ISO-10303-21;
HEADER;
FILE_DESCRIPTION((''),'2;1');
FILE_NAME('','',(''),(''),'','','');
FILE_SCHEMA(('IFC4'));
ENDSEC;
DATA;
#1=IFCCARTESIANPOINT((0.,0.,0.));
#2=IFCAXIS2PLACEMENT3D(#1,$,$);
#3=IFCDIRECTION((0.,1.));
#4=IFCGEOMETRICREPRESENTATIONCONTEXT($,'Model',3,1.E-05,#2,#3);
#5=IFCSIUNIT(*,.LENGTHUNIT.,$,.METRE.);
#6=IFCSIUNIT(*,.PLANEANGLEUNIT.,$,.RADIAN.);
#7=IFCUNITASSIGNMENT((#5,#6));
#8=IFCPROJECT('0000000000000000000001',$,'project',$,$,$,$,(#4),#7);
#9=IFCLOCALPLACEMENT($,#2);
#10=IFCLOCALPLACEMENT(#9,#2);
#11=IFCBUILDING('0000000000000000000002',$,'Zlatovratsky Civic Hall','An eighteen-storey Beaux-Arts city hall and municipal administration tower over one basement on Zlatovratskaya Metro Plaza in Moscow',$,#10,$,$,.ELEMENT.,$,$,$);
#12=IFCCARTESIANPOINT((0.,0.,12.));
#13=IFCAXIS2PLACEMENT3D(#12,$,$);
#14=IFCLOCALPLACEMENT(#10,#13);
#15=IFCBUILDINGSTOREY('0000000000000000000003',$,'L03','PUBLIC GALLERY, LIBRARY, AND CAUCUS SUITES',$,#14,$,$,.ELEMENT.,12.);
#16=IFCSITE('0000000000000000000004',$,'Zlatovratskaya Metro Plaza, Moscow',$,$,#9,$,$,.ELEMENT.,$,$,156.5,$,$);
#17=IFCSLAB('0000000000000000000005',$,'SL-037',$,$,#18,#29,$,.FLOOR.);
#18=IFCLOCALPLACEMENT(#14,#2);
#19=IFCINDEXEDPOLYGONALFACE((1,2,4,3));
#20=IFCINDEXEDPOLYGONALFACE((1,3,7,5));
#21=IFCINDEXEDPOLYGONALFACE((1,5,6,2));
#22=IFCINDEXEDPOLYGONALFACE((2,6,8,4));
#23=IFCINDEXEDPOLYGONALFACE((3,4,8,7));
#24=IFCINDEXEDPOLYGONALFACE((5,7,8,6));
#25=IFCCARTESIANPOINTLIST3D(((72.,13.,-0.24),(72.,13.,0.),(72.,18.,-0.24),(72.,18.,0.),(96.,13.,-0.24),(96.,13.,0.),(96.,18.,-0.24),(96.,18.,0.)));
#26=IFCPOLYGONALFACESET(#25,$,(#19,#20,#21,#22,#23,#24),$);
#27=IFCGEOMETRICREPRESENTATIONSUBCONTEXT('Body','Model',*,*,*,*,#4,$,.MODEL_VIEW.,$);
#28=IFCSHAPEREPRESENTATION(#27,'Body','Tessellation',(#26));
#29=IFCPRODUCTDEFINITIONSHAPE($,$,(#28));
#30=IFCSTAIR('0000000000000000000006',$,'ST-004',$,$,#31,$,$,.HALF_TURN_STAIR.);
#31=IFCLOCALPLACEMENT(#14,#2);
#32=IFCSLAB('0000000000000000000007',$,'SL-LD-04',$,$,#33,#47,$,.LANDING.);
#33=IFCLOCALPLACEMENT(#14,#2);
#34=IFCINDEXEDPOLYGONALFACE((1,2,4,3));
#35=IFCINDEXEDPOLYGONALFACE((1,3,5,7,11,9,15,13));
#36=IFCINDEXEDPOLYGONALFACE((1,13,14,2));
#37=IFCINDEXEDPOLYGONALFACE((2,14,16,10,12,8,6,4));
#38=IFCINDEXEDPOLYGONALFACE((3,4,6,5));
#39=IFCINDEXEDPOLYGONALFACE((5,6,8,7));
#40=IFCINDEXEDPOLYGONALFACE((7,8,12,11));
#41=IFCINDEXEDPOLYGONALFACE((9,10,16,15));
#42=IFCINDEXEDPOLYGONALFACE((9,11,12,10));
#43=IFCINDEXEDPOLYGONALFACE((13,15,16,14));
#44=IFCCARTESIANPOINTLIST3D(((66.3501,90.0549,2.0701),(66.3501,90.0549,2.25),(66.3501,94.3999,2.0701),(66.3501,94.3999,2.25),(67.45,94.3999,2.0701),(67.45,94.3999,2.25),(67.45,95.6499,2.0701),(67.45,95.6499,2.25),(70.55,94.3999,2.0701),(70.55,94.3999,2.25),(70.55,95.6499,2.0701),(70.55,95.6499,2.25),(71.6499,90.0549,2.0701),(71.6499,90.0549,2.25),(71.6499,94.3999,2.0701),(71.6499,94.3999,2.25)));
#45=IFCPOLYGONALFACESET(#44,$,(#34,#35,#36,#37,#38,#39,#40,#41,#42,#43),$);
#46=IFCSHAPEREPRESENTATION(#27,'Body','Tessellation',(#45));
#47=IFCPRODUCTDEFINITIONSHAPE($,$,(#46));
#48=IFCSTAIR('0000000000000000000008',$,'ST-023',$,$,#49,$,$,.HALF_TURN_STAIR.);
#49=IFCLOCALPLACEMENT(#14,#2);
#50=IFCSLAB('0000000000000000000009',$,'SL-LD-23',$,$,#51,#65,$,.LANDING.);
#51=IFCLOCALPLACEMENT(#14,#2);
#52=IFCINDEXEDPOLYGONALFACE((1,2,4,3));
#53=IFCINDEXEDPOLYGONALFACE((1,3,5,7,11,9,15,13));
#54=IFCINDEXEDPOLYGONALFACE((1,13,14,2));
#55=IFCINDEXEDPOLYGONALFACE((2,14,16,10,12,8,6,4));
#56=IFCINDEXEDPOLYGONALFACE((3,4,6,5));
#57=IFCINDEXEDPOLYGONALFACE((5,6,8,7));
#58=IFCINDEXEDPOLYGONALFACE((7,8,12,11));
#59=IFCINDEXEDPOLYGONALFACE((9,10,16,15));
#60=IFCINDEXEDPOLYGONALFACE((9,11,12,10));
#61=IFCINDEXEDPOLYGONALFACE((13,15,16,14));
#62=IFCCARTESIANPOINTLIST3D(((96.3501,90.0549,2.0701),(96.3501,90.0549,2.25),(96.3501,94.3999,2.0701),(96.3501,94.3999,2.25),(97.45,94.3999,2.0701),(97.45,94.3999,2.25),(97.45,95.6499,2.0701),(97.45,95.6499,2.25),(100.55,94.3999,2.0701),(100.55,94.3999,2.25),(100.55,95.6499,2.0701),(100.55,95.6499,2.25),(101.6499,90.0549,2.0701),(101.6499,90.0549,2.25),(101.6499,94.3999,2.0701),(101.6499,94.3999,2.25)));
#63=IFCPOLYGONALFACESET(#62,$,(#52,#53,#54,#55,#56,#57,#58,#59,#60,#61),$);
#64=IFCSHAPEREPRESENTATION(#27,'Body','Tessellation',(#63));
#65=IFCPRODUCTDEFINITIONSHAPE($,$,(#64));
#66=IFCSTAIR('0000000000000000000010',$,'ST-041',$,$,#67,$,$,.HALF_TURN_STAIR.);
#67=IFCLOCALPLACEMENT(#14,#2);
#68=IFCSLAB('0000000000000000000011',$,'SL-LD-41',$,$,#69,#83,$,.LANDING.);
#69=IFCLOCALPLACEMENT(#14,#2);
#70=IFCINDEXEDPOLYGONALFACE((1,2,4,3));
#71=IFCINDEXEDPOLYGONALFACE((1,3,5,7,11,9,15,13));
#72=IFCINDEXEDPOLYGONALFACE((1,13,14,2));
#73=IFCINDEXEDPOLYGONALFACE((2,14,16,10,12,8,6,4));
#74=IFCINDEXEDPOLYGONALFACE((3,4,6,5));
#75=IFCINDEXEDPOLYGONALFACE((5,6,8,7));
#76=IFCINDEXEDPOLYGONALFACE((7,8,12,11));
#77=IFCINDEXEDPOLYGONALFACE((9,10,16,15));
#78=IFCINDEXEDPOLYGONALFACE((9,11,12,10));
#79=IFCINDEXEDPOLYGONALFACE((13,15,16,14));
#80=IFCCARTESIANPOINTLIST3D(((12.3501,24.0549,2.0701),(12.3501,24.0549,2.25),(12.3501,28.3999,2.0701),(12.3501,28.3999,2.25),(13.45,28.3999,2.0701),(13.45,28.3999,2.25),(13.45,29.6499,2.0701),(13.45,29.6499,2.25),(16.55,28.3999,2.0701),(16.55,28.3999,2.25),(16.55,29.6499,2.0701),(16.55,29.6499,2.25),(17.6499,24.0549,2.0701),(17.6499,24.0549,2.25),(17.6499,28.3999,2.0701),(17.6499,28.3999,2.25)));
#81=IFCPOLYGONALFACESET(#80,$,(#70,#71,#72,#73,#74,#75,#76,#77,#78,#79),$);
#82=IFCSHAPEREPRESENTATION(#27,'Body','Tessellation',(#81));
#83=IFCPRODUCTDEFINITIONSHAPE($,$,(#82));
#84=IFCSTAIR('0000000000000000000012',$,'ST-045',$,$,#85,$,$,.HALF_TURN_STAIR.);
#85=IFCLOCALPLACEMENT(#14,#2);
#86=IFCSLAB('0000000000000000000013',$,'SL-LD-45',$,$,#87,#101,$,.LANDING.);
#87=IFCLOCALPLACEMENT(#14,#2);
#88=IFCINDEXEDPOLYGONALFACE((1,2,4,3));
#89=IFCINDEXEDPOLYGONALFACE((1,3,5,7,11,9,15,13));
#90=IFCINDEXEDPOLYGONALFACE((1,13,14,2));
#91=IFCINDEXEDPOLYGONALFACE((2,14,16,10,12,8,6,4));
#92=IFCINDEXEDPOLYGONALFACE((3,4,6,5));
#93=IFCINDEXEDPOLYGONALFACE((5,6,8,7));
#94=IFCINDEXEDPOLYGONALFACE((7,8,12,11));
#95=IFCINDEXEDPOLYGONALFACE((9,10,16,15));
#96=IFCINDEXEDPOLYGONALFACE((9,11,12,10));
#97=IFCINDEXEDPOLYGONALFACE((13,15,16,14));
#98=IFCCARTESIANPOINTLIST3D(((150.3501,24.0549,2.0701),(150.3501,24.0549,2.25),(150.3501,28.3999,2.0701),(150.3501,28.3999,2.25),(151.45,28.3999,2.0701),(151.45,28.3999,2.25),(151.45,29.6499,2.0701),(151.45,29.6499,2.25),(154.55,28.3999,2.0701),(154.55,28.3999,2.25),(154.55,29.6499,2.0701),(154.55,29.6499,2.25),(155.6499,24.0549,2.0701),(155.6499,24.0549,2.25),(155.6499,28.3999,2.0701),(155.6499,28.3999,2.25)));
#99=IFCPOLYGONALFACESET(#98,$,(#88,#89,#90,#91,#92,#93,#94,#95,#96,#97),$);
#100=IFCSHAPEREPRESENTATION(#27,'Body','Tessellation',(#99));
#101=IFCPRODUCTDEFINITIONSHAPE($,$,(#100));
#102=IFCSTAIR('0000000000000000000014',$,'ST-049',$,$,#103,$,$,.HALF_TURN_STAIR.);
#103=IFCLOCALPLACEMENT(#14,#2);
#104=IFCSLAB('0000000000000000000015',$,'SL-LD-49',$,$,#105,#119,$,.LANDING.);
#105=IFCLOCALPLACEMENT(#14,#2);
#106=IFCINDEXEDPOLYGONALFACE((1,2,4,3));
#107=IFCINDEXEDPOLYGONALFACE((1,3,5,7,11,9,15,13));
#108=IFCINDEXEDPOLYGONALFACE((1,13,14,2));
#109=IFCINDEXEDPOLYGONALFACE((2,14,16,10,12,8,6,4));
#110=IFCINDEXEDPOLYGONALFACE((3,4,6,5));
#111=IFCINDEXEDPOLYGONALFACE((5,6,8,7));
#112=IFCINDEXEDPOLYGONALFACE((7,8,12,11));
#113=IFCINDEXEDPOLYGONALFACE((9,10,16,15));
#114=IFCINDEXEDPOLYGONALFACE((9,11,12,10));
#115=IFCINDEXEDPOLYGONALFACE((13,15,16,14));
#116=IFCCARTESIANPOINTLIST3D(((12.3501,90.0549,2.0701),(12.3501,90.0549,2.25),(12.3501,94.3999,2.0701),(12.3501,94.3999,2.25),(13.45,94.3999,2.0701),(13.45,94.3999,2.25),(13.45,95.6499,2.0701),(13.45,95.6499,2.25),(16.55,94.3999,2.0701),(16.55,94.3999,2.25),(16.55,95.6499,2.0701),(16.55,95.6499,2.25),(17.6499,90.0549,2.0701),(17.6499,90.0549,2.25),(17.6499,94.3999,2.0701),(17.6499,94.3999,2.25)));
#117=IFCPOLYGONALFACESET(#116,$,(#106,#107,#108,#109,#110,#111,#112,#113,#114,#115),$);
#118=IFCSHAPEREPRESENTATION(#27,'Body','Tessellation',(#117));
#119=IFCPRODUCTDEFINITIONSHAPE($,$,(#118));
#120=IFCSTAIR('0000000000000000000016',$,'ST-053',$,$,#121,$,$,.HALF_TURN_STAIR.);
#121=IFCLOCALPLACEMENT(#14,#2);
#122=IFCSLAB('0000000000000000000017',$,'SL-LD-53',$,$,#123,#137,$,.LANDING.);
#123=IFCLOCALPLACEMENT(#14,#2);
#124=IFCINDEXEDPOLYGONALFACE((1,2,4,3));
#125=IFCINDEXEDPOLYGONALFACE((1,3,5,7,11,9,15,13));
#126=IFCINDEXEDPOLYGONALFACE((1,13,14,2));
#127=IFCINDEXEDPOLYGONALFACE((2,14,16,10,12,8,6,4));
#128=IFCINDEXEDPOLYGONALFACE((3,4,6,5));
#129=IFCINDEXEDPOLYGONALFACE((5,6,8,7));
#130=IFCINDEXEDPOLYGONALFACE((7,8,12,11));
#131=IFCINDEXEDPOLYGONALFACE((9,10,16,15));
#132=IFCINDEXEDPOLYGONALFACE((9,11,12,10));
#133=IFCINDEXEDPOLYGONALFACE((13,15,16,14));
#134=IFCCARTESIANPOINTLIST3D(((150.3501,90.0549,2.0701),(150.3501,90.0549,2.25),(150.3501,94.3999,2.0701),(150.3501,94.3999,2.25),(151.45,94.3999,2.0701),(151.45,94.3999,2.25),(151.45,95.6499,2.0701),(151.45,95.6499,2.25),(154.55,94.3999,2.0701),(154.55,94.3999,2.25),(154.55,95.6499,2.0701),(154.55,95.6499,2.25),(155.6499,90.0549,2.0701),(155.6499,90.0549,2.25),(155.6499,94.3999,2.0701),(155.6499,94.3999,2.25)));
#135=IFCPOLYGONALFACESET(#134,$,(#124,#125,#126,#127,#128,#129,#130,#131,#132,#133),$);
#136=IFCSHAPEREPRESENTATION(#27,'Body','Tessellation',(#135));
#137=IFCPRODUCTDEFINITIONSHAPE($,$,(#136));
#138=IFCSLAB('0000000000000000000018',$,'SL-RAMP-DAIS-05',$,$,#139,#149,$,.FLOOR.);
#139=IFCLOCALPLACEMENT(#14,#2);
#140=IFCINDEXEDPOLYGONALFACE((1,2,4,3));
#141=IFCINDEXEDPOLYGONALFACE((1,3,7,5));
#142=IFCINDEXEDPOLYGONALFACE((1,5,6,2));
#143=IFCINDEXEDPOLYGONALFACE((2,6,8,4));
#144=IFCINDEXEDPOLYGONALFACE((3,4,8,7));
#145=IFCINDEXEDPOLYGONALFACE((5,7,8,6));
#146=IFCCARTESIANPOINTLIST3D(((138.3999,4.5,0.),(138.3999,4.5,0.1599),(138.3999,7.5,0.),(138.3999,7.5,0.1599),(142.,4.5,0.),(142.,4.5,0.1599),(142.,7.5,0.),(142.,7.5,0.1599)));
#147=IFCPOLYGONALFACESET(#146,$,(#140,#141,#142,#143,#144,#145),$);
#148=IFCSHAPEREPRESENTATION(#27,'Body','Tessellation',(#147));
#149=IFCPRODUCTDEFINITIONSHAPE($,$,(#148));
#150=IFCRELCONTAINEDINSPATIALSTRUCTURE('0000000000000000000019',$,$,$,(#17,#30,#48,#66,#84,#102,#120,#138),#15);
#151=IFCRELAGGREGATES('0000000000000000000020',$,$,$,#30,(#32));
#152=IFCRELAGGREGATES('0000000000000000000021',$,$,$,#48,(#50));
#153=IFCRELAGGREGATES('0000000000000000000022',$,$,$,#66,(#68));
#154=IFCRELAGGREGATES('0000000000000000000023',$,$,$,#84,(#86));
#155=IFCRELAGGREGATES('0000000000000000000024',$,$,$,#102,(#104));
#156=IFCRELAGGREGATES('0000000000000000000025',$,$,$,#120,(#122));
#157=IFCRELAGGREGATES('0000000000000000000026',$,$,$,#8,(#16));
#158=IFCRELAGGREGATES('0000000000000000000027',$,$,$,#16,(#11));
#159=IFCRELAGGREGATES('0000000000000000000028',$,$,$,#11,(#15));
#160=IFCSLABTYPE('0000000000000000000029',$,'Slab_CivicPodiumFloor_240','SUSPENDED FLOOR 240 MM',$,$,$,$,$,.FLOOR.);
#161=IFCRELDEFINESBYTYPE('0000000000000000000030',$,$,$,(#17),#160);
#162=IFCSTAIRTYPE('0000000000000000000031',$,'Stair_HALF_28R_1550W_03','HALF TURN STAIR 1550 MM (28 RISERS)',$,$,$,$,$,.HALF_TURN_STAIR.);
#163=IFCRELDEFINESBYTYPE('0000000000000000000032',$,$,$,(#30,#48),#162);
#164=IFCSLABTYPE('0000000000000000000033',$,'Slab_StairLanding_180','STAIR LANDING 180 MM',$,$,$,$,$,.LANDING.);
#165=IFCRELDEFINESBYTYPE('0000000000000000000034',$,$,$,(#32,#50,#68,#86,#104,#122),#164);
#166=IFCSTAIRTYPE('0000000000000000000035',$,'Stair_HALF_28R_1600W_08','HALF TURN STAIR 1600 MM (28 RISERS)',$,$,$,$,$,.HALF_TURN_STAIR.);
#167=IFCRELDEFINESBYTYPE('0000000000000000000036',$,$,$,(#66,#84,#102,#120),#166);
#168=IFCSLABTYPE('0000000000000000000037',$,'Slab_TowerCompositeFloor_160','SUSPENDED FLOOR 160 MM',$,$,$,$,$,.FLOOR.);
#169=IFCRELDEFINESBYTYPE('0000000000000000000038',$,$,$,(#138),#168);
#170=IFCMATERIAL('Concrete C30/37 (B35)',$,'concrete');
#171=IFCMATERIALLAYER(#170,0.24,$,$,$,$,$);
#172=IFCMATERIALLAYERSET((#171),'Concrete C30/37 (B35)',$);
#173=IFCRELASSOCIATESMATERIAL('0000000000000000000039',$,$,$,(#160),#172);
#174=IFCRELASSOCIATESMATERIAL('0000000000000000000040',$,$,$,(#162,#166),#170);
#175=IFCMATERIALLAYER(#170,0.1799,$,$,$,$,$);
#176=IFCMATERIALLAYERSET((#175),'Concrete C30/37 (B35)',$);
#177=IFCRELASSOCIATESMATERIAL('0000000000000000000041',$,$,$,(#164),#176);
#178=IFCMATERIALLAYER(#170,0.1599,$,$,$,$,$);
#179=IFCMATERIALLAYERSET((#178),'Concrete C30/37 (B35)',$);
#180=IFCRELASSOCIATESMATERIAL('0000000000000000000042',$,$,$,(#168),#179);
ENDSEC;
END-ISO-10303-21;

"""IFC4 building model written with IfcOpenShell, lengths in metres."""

from ifc_helpers import new_model, si_unit, direction, frame, origin, place, context, subcontext, project, spatial, polyline, outline, extrude, material, layer, layer_set, type_object, element, aggregate, save


model = new_model("IFC4")

# Units and contexts
model_context = context("Model", 3, precision=1e-05, world=origin(), true_north=direction((0.0, 1.0)))
body_context = subcontext(model_context, "Body", "Model", "MODEL_VIEW")
ifc_project = project(units=[si_unit("LENGTHUNIT", "METRE"), si_unit("PLANEANGLEUNIT", "RADIAN")], contexts=[model_context])

# Site, building, storey
site_placement = place(None, origin())
site = spatial("IfcSite", under=ifc_project, at=site_placement, Name="Zlatovratskaya Metro Plaza, Moscow", CompositionType="ELEMENT", RefElevation=156.5)
building_placement = place(site_placement, origin())
building = spatial("IfcBuilding", under=site, at=building_placement, Name="Zlatovratsky Civic Hall", Description="An eighteen-storey Beaux-Arts city hall and municipal administration tower over one basement on Zlatovratskaya Metro Plaza in Moscow", CompositionType="ELEMENT")
storey_placement = place(building_placement, frame((0.0, 0.0, 12.0)))
storey = spatial("IfcBuildingStorey", under=building, at=storey_placement, Name="L03", Description="PUBLIC GALLERY, LIBRARY, AND CAUCUS SUITES", CompositionType="ELEMENT", Elevation=12.0)

# Slab
ifc_material_1 = material(Name="Concrete C30/37 (B35)", Category="concrete")
ifc_layer_1 = layer(ifc_material_1, 0.24)
ifc_layer_set_1 = layer_set([ifc_layer_1], Name="Concrete C30/37 (B35)")
slab_type_1 = type_object("IfcSlabType", Name="Slab_CivicPodiumFloor_240", Description="SUSPENDED FLOOR 240 MM", PredefinedType="FLOOR", material=ifc_layer_set_1)
slab_1_placement = place(storey_placement, frame((0.0, 0.0, -0.24)))
element("IfcSlab", 1, at=slab_1_placement, inside=storey, type_object=slab_type_1, Name="SL-037", PredefinedType="FLOOR", context=body_context, shape_type="SweptSolid", body=[
    extrude(outline(polyline([(72.0, 13.0), (96.0, 13.0), (96.0, 18.0), (72.0, 18.0), (72.0, 13.0)])), origin(), (0.0, 0.0, 1.0), 0.24),
])

# Stairs, slabs
stair_type_1 = type_object("IfcStairType", Name="Stair_HALF_28R_1550W_03", Description="HALF TURN STAIR 1550 MM (28 RISERS)", PredefinedType="HALF_TURN_STAIR", material=ifc_material_1)
stair_1_placement = place(storey_placement, origin())
stair_1 = element("IfcStair", 2, at=stair_1_placement, inside=storey, type_object=stair_type_1, Name="ST-004", PredefinedType="HALF_TURN_STAIR")
ifc_layer_2 = layer(ifc_material_1, 0.1799)
ifc_layer_set_2 = layer_set([ifc_layer_2], Name="Concrete C30/37 (B35)")
slab_type_2 = type_object("IfcSlabType", Name="Slab_StairLanding_180", Description="STAIR LANDING 180 MM", PredefinedType="LANDING", material=ifc_layer_set_2)
slab_2_placement = place(storey_placement, frame((0.0, 0.0, 2.0701)))
slab_2 = element("IfcSlab", 3, at=slab_2_placement, type_object=slab_type_2, Name="SL-LD-04", PredefinedType="LANDING", context=body_context, shape_type="SweptSolid", body=[
    extrude(outline(polyline([(66.3501, 90.0549), (71.6499, 90.0549), (71.6499, 94.3999), (70.55, 94.3999), (70.55, 95.6499), (67.45, 95.6499), (67.45, 94.3999), (66.3501, 94.3999), (66.3501, 90.0549)])), origin(), (0.0, 0.0, 1.0), 0.1799),
])
aggregate(stair_1, [slab_2])
stair_2_placement = place(storey_placement, origin())
stair_2 = element("IfcStair", 4, at=stair_2_placement, inside=storey, type_object=stair_type_1, Name="ST-023", PredefinedType="HALF_TURN_STAIR")
slab_3_placement = place(storey_placement, frame((0.0, 0.0, 2.0701)))
slab_3 = element("IfcSlab", 5, at=slab_3_placement, type_object=slab_type_2, Name="SL-LD-23", PredefinedType="LANDING", context=body_context, shape_type="SweptSolid", body=[
    extrude(outline(polyline([(96.3501, 90.0549), (101.6499, 90.0549), (101.6499, 94.3999), (100.55, 94.3999), (100.55, 95.6499), (97.45, 95.6499), (97.45, 94.3999), (96.3501, 94.3999), (96.3501, 90.0549)])), origin(), (0.0, 0.0, 1.0), 0.1799),
])
aggregate(stair_2, [slab_3])
stair_type_2 = type_object("IfcStairType", Name="Stair_HALF_28R_1600W_08", Description="HALF TURN STAIR 1600 MM (28 RISERS)", PredefinedType="HALF_TURN_STAIR", material=ifc_material_1)
stair_3_placement = place(storey_placement, origin())
stair_3 = element("IfcStair", 6, at=stair_3_placement, inside=storey, type_object=stair_type_2, Name="ST-041", PredefinedType="HALF_TURN_STAIR")
slab_4_placement = place(storey_placement, frame((0.0, 0.0, 2.0701)))
slab_4 = element("IfcSlab", 7, at=slab_4_placement, type_object=slab_type_2, Name="SL-LD-41", PredefinedType="LANDING", context=body_context, shape_type="SweptSolid", body=[
    extrude(outline(polyline([(12.3501, 24.0549), (17.6499, 24.0549), (17.6499, 28.3999), (16.55, 28.3999), (16.55, 29.6499), (13.45, 29.6499), (13.45, 28.3999), (12.3501, 28.3999), (12.3501, 24.0549)])), origin(), (0.0, 0.0, 1.0), 0.1799),
])
aggregate(stair_3, [slab_4])
stair_4_placement = place(storey_placement, origin())
stair_4 = element("IfcStair", 8, at=stair_4_placement, inside=storey, type_object=stair_type_2, Name="ST-045", PredefinedType="HALF_TURN_STAIR")
slab_5_placement = place(storey_placement, frame((0.0, 0.0, 2.0701)))
slab_5 = element("IfcSlab", 9, at=slab_5_placement, type_object=slab_type_2, Name="SL-LD-45", PredefinedType="LANDING", context=body_context, shape_type="SweptSolid", body=[
    extrude(outline(polyline([(150.3501, 24.0549), (155.6499, 24.0549), (155.6499, 28.3999), (154.55, 28.3999), (154.55, 29.6499), (151.45, 29.6499), (151.45, 28.3999), (150.3501, 28.3999), (150.3501, 24.0549)])), origin(), (0.0, 0.0, 1.0), 0.1799),
])
aggregate(stair_4, [slab_5])
stair_5_placement = place(storey_placement, origin())
stair_5 = element("IfcStair", 10, at=stair_5_placement, inside=storey, type_object=stair_type_2, Name="ST-049", PredefinedType="HALF_TURN_STAIR")
slab_6_placement = place(storey_placement, frame((0.0, 0.0, 2.0701)))
slab_6 = element("IfcSlab", 11, at=slab_6_placement, type_object=slab_type_2, Name="SL-LD-49", PredefinedType="LANDING", context=body_context, shape_type="SweptSolid", body=[
    extrude(outline(polyline([(12.3501, 90.0549), (17.6499, 90.0549), (17.6499, 94.3999), (16.55, 94.3999), (16.55, 95.6499), (13.45, 95.6499), (13.45, 94.3999), (12.3501, 94.3999), (12.3501, 90.0549)])), origin(), (0.0, 0.0, 1.0), 0.1799),
])
aggregate(stair_5, [slab_6])
stair_6_placement = place(storey_placement, origin())
stair_6 = element("IfcStair", 12, at=stair_6_placement, inside=storey, type_object=stair_type_2, Name="ST-053", PredefinedType="HALF_TURN_STAIR")
slab_7_placement = place(storey_placement, frame((0.0, 0.0, 2.0701)))
slab_7 = element("IfcSlab", 13, at=slab_7_placement, type_object=slab_type_2, Name="SL-LD-53", PredefinedType="LANDING", context=body_context, shape_type="SweptSolid", body=[
    extrude(outline(polyline([(150.3501, 90.0549), (155.6499, 90.0549), (155.6499, 94.3999), (154.55, 94.3999), (154.55, 95.6499), (151.45, 95.6499), (151.45, 94.3999), (150.3501, 94.3999), (150.3501, 90.0549)])), origin(), (0.0, 0.0, 1.0), 0.1799),
])
aggregate(stair_6, [slab_7])

# Slab
ifc_layer_3 = layer(ifc_material_1, 0.1599)
ifc_layer_set_3 = layer_set([ifc_layer_3], Name="Concrete C30/37 (B35)")
slab_type_3 = type_object("IfcSlabType", Name="Slab_TowerCompositeFloor_160", Description="SUSPENDED FLOOR 160 MM", PredefinedType="FLOOR", material=ifc_layer_set_3)
slab_8_placement = place(storey_placement, origin())
element("IfcSlab", 14, at=slab_8_placement, inside=storey, type_object=slab_type_3, Name="SL-RAMP-DAIS-05", PredefinedType="FLOOR", context=body_context, shape_type="SweptSolid", body=[
    extrude(outline(polyline([(138.3999, 4.5), (142.0, 4.5), (142.0, 7.5), (138.3999, 7.5), (138.3999, 4.5)])), origin(), (0.0, 0.0, 1.0), 0.1599),
])

save(model, "model.ifc")
